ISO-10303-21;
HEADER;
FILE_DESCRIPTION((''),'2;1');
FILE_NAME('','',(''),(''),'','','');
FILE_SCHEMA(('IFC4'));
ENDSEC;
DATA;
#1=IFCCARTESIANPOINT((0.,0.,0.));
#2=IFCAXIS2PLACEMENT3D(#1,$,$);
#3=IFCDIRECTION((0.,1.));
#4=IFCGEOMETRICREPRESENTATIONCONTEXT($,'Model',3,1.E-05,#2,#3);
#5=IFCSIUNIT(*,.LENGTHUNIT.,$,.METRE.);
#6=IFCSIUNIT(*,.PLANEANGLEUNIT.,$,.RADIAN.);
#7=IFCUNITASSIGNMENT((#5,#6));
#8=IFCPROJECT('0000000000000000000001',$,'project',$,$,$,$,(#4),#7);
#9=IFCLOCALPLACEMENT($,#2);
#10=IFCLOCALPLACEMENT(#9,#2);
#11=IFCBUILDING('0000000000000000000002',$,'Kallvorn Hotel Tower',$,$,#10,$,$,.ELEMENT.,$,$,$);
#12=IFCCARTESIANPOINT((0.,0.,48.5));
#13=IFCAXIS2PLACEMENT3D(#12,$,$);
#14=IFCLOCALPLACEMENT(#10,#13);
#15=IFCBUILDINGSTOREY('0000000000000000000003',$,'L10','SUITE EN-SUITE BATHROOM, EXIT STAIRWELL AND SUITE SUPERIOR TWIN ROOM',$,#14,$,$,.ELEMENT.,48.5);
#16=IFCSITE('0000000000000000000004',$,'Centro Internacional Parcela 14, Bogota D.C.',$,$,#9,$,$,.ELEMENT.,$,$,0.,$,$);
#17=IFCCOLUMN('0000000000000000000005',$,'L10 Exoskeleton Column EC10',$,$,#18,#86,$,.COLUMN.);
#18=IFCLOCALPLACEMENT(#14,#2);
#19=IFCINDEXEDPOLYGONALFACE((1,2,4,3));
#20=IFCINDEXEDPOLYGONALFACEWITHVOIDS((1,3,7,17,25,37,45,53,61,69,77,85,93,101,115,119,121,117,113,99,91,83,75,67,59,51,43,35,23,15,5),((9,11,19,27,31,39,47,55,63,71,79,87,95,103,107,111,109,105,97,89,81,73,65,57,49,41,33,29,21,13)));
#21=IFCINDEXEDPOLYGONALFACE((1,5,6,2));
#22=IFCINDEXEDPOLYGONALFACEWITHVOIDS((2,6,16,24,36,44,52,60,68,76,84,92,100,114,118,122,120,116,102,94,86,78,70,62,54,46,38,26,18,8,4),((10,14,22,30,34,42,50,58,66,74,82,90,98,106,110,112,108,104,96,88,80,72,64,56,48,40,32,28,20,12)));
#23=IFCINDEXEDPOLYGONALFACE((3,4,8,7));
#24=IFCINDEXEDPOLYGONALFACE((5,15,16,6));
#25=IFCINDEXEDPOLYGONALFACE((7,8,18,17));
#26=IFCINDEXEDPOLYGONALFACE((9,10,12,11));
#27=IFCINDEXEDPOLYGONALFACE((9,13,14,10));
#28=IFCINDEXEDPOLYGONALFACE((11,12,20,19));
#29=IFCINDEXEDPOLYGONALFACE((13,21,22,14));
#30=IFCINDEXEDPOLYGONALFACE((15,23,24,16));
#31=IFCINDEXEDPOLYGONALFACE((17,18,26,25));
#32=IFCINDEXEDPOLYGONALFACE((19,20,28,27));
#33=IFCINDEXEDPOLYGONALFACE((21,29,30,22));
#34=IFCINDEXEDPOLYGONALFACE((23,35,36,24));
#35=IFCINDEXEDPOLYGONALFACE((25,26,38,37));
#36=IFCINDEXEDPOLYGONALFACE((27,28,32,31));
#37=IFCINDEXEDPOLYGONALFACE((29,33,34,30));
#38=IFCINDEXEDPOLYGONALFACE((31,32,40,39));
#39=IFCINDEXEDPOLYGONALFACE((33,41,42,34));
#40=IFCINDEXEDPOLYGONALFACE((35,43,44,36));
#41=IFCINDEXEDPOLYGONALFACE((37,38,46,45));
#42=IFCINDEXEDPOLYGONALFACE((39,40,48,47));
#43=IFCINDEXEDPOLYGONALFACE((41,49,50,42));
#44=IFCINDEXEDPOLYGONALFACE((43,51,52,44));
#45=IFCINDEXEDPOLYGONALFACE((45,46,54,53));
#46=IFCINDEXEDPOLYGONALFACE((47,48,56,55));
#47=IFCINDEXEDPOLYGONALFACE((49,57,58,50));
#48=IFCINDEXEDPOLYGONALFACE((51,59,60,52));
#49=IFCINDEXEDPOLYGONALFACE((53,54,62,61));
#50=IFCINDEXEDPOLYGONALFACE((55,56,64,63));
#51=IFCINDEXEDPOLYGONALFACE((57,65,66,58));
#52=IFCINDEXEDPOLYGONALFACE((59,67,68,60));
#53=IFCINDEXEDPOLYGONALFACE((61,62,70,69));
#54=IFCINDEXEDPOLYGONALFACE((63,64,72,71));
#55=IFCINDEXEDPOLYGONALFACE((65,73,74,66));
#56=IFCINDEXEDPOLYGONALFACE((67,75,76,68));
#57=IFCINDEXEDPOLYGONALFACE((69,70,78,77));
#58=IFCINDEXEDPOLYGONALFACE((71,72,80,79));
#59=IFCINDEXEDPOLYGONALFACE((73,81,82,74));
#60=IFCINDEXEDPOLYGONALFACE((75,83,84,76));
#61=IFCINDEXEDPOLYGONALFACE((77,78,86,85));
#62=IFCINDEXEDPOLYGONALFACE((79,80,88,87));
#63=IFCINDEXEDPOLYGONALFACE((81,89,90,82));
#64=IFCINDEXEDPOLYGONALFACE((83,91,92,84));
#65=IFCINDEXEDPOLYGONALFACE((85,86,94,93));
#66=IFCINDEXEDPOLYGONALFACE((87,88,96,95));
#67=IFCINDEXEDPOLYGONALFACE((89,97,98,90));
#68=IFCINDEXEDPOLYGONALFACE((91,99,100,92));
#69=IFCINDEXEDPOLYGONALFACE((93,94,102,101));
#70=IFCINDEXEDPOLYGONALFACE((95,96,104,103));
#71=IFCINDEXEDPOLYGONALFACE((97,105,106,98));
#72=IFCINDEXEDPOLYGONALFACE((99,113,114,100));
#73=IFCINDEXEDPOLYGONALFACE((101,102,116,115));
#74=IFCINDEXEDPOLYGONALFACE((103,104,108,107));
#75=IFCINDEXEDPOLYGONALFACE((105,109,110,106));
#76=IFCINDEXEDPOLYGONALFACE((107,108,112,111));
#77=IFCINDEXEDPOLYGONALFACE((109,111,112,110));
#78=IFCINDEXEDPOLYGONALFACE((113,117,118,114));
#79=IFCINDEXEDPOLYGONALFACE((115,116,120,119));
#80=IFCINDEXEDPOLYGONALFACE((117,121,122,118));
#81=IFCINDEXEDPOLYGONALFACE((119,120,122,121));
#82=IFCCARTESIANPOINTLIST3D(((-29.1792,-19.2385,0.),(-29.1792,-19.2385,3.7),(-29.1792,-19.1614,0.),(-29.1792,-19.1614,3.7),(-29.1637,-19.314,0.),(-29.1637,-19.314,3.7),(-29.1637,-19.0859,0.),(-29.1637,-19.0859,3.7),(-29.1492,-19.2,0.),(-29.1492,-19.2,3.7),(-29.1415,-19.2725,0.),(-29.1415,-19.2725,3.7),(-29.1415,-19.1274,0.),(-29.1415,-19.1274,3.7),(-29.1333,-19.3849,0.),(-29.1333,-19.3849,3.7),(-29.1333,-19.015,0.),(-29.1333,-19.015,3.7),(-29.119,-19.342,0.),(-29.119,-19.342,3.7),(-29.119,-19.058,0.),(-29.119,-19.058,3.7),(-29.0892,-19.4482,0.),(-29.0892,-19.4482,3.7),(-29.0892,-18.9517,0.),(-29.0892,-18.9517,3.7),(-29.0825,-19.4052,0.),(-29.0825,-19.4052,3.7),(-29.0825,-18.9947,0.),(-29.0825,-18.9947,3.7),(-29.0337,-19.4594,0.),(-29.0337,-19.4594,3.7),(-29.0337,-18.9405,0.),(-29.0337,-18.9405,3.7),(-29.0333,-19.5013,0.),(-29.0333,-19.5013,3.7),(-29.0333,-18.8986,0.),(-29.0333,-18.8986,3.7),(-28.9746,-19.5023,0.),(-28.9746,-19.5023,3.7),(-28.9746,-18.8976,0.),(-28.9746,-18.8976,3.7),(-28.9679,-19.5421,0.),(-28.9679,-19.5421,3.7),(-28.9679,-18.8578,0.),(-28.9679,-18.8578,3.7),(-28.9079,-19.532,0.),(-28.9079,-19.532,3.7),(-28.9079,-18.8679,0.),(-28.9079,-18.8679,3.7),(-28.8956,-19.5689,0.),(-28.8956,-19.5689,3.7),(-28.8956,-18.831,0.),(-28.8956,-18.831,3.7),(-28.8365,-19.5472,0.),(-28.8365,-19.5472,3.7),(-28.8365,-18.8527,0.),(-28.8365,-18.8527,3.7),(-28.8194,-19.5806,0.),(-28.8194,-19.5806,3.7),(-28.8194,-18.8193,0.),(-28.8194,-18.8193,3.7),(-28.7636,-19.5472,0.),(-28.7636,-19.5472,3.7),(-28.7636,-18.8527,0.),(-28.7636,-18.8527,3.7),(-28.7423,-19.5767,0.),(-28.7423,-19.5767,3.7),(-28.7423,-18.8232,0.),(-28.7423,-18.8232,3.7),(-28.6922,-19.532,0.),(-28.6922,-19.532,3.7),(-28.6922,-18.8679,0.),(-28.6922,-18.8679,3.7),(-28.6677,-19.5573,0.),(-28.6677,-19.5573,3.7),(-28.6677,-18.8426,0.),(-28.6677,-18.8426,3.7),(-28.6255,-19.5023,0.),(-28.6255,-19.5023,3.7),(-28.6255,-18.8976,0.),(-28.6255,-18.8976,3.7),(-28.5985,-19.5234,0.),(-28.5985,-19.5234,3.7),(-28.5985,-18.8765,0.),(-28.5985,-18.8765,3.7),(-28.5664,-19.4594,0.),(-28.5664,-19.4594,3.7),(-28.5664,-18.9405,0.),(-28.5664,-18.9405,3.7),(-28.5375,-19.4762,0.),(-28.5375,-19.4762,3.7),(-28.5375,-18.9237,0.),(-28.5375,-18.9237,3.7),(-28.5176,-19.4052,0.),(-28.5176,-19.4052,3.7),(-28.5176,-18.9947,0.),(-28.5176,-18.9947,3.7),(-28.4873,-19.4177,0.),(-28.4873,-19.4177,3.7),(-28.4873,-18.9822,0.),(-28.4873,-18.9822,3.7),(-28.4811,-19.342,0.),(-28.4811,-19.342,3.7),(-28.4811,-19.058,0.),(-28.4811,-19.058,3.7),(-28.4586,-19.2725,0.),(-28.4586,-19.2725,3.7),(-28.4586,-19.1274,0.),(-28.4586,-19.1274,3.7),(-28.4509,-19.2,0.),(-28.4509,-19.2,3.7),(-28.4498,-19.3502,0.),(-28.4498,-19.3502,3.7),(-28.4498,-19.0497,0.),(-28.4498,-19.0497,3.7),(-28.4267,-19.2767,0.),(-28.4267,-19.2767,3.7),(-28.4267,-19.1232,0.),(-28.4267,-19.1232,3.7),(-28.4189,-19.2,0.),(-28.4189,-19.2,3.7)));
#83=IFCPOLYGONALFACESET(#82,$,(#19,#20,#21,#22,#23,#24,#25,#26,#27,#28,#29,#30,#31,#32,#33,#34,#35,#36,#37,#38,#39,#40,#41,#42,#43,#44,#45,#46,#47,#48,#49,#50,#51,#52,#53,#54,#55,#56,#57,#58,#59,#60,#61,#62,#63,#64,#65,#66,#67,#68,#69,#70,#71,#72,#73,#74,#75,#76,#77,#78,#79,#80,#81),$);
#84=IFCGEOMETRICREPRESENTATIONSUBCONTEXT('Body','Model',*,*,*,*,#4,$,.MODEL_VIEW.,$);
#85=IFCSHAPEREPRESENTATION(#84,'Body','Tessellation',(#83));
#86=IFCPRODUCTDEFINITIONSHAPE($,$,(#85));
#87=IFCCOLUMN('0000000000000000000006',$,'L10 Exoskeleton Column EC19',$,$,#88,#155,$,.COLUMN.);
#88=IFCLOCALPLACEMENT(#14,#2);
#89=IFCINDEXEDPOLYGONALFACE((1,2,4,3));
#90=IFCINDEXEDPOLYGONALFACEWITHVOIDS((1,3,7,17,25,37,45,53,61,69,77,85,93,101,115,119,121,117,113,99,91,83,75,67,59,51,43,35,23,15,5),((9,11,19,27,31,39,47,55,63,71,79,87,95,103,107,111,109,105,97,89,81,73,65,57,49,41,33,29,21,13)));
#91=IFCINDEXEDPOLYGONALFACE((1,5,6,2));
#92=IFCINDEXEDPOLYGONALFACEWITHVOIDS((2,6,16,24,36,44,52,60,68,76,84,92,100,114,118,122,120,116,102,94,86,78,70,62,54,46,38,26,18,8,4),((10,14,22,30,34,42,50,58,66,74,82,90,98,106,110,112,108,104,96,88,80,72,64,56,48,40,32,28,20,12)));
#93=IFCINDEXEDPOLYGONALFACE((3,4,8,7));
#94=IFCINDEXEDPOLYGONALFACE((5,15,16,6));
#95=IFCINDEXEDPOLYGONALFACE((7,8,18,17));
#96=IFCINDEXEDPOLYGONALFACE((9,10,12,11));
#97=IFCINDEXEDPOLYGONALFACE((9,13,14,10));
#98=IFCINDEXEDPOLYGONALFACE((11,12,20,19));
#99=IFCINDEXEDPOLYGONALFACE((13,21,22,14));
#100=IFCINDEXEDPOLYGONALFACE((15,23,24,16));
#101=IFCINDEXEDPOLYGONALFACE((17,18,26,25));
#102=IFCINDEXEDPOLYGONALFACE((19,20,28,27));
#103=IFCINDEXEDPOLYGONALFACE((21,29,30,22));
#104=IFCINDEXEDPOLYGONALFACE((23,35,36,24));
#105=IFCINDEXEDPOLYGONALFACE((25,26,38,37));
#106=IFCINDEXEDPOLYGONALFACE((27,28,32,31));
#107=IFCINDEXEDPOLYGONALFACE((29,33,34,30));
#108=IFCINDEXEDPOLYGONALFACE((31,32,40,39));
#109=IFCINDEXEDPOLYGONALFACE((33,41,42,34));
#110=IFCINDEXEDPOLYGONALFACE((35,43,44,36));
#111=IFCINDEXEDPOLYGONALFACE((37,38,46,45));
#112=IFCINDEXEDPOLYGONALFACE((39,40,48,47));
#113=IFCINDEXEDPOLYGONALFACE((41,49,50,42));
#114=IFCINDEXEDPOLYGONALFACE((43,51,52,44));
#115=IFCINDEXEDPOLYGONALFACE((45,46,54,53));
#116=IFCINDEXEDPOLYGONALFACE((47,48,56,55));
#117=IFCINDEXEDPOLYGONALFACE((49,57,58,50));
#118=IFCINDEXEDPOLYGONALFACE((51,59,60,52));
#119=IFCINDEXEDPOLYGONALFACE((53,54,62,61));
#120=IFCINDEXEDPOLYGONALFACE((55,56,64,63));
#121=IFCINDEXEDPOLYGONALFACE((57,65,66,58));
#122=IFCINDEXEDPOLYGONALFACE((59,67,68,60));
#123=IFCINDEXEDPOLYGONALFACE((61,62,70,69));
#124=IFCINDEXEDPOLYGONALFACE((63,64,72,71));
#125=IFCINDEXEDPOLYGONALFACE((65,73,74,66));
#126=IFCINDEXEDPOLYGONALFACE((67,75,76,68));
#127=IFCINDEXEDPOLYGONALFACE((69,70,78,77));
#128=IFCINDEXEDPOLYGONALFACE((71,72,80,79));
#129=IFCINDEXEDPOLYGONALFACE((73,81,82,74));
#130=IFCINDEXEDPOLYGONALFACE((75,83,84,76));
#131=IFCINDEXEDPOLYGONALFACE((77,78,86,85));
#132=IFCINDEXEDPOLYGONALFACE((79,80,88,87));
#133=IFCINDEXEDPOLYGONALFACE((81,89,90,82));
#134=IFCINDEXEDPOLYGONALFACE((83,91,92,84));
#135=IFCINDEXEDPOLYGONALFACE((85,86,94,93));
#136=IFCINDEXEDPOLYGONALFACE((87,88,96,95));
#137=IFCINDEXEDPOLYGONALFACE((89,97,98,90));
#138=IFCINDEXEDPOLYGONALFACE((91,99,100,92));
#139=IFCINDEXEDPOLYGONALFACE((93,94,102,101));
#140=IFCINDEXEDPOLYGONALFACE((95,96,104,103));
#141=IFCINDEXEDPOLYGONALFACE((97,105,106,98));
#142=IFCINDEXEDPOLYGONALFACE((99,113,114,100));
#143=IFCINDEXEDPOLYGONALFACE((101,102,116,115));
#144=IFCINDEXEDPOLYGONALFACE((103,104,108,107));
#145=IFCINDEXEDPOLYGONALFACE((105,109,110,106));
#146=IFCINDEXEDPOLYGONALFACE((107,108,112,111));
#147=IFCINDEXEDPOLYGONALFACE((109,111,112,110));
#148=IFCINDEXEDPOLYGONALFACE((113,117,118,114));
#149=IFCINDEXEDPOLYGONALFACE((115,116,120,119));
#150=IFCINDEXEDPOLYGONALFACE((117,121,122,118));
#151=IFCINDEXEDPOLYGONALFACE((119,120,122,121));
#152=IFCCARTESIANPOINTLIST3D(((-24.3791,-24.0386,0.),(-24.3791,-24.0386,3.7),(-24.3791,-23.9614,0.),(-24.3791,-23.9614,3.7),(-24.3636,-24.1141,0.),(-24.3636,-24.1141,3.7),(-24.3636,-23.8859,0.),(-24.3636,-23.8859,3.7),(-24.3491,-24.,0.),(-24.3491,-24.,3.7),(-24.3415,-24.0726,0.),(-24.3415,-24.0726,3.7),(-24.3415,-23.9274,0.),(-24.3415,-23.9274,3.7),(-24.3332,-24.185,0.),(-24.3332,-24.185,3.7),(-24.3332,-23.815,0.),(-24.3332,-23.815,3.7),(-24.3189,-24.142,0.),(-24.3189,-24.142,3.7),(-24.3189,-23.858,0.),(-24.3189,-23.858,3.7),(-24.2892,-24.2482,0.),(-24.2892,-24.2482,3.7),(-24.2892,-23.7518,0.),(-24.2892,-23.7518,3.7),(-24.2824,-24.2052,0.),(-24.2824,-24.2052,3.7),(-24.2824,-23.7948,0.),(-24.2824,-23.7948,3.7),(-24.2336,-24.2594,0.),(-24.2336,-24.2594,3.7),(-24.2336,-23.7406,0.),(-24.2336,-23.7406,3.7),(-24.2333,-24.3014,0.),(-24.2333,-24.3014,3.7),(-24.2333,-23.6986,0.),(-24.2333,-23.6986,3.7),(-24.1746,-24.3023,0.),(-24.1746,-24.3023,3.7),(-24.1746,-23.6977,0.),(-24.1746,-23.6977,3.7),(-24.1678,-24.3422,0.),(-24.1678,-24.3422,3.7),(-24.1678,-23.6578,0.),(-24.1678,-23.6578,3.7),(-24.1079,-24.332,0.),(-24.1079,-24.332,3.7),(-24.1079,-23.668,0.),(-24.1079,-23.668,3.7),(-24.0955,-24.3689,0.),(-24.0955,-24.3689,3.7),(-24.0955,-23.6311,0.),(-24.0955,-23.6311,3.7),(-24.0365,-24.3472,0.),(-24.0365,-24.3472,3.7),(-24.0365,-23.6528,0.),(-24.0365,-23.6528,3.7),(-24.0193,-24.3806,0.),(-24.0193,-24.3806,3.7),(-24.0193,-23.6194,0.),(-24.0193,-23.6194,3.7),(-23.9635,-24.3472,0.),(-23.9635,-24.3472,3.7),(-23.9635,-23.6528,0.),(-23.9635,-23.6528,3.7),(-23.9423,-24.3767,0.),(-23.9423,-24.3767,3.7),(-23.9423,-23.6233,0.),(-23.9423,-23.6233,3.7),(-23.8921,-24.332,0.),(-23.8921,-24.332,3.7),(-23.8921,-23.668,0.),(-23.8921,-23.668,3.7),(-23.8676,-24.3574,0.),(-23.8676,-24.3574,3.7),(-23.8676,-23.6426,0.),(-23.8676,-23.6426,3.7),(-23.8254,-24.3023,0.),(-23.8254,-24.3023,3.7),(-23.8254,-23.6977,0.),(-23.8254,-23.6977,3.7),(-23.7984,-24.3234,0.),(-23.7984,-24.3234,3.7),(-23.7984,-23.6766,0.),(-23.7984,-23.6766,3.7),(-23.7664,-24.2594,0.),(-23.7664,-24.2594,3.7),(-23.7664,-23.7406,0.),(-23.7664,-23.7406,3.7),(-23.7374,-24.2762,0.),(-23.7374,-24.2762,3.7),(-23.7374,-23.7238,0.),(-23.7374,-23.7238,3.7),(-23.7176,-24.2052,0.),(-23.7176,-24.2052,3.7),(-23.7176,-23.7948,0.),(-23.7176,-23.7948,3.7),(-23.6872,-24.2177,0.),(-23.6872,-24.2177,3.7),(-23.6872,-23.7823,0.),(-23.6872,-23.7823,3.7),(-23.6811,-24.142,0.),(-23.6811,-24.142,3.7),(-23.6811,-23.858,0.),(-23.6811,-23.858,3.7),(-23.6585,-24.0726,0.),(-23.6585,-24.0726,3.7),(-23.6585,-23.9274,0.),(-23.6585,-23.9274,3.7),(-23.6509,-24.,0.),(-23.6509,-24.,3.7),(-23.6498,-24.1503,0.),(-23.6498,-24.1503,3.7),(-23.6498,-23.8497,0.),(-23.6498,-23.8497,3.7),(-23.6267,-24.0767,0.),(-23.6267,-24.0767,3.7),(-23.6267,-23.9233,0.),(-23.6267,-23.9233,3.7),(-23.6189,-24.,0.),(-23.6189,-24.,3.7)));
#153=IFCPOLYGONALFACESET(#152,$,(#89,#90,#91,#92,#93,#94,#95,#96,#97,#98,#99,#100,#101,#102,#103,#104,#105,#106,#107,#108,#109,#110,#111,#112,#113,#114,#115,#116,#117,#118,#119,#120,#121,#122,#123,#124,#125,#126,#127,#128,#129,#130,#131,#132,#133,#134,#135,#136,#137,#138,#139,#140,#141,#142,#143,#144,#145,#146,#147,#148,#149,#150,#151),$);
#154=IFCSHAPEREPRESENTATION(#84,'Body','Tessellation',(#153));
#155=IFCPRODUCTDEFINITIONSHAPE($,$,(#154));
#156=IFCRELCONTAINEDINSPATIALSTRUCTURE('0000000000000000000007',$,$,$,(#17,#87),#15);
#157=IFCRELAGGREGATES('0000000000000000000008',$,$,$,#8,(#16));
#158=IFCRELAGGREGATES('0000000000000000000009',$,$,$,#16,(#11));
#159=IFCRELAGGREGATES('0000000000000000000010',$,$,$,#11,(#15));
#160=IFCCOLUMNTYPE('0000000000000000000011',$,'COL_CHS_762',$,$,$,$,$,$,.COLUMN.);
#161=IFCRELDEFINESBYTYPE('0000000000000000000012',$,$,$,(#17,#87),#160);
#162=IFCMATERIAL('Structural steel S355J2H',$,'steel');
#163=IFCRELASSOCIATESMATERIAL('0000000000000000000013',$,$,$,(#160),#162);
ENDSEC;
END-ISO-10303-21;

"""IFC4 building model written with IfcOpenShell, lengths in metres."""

from ifc_helpers import new_model, si_unit, direction, frame, origin, origin_2d, place, context, subcontext, project, spatial, hollow_circle, extrude, material, material_profile, profile_set, type_object, element, save


model = new_model("IFC4")

# Units and contexts
model_context = context("Model", 3, precision=1e-05, world=origin(), true_north=direction((0.0, 1.0)))
body_context = subcontext(model_context, "Body", "Model", "MODEL_VIEW")
ifc_project = project(units=[si_unit("LENGTHUNIT", "METRE"), si_unit("PLANEANGLEUNIT", "RADIAN")], contexts=[model_context])

# Site, building, storey
site_placement = place(None, origin())
site = spatial("IfcSite", under=ifc_project, at=site_placement, Name="Centro Internacional Parcela 14, Bogota D.C.", CompositionType="ELEMENT", RefElevation=0.0)
building_placement = place(site_placement, origin())
building = spatial("IfcBuilding", under=site, at=building_placement, Name="Kallvorn Hotel Tower", CompositionType="ELEMENT")
storey_placement = place(building_placement, frame((0.0, 0.0, 48.5)))
storey = spatial("IfcBuildingStorey", under=building, at=storey_placement, Name="L10", Description="SUITE EN-SUITE BATHROOM, EXIT STAIRWELL AND SUITE SUPERIOR TWIN ROOM", CompositionType="ELEMENT", Elevation=48.5)

# Columns
ifc_material_1 = material(Name="Structural steel S355J2H", Category="steel")
ifc_material_profile_1 = material_profile(ifc_material_1, hollow_circle(Radius=0.3811, WallThickness=0.032, at=origin_2d()), Name="CHS 762x32")
ifc_profile_set_1 = profile_set([ifc_material_profile_1], Name="Structural steel S355J2H")
column_type = type_object("IfcColumnType", Name="COL_CHS_762", PredefinedType="COLUMN", material=ifc_profile_set_1)
for number, where, z_axis, x_axis, name in (
    (1, (-28.8, -19.2, 0.0), (0.0, 0.0, 1.0), (1.0, 0.0, 0.0), "L10 Exoskeleton Column EC10"),
    (2, (-24.0, -24.0, 0.0), (0.0, 0.0, 1.0), (1.0, 0.0, 0.0), "L10 Exoskeleton Column EC19"),
):
    element("IfcColumn", number, at=place(storey_placement, frame(where, z_axis=z_axis, x_axis=x_axis)), inside=storey, type_object=column_type, Name=name, PredefinedType="COLUMN", context=body_context, shape_type="SweptSolid", body=[
        extrude(hollow_circle(Radius=0.3811, WallThickness=0.032, at=origin_2d()), origin(), (0.0, 0.0, 1.0), 3.7),
    ])

save(model, "model.ifc")
